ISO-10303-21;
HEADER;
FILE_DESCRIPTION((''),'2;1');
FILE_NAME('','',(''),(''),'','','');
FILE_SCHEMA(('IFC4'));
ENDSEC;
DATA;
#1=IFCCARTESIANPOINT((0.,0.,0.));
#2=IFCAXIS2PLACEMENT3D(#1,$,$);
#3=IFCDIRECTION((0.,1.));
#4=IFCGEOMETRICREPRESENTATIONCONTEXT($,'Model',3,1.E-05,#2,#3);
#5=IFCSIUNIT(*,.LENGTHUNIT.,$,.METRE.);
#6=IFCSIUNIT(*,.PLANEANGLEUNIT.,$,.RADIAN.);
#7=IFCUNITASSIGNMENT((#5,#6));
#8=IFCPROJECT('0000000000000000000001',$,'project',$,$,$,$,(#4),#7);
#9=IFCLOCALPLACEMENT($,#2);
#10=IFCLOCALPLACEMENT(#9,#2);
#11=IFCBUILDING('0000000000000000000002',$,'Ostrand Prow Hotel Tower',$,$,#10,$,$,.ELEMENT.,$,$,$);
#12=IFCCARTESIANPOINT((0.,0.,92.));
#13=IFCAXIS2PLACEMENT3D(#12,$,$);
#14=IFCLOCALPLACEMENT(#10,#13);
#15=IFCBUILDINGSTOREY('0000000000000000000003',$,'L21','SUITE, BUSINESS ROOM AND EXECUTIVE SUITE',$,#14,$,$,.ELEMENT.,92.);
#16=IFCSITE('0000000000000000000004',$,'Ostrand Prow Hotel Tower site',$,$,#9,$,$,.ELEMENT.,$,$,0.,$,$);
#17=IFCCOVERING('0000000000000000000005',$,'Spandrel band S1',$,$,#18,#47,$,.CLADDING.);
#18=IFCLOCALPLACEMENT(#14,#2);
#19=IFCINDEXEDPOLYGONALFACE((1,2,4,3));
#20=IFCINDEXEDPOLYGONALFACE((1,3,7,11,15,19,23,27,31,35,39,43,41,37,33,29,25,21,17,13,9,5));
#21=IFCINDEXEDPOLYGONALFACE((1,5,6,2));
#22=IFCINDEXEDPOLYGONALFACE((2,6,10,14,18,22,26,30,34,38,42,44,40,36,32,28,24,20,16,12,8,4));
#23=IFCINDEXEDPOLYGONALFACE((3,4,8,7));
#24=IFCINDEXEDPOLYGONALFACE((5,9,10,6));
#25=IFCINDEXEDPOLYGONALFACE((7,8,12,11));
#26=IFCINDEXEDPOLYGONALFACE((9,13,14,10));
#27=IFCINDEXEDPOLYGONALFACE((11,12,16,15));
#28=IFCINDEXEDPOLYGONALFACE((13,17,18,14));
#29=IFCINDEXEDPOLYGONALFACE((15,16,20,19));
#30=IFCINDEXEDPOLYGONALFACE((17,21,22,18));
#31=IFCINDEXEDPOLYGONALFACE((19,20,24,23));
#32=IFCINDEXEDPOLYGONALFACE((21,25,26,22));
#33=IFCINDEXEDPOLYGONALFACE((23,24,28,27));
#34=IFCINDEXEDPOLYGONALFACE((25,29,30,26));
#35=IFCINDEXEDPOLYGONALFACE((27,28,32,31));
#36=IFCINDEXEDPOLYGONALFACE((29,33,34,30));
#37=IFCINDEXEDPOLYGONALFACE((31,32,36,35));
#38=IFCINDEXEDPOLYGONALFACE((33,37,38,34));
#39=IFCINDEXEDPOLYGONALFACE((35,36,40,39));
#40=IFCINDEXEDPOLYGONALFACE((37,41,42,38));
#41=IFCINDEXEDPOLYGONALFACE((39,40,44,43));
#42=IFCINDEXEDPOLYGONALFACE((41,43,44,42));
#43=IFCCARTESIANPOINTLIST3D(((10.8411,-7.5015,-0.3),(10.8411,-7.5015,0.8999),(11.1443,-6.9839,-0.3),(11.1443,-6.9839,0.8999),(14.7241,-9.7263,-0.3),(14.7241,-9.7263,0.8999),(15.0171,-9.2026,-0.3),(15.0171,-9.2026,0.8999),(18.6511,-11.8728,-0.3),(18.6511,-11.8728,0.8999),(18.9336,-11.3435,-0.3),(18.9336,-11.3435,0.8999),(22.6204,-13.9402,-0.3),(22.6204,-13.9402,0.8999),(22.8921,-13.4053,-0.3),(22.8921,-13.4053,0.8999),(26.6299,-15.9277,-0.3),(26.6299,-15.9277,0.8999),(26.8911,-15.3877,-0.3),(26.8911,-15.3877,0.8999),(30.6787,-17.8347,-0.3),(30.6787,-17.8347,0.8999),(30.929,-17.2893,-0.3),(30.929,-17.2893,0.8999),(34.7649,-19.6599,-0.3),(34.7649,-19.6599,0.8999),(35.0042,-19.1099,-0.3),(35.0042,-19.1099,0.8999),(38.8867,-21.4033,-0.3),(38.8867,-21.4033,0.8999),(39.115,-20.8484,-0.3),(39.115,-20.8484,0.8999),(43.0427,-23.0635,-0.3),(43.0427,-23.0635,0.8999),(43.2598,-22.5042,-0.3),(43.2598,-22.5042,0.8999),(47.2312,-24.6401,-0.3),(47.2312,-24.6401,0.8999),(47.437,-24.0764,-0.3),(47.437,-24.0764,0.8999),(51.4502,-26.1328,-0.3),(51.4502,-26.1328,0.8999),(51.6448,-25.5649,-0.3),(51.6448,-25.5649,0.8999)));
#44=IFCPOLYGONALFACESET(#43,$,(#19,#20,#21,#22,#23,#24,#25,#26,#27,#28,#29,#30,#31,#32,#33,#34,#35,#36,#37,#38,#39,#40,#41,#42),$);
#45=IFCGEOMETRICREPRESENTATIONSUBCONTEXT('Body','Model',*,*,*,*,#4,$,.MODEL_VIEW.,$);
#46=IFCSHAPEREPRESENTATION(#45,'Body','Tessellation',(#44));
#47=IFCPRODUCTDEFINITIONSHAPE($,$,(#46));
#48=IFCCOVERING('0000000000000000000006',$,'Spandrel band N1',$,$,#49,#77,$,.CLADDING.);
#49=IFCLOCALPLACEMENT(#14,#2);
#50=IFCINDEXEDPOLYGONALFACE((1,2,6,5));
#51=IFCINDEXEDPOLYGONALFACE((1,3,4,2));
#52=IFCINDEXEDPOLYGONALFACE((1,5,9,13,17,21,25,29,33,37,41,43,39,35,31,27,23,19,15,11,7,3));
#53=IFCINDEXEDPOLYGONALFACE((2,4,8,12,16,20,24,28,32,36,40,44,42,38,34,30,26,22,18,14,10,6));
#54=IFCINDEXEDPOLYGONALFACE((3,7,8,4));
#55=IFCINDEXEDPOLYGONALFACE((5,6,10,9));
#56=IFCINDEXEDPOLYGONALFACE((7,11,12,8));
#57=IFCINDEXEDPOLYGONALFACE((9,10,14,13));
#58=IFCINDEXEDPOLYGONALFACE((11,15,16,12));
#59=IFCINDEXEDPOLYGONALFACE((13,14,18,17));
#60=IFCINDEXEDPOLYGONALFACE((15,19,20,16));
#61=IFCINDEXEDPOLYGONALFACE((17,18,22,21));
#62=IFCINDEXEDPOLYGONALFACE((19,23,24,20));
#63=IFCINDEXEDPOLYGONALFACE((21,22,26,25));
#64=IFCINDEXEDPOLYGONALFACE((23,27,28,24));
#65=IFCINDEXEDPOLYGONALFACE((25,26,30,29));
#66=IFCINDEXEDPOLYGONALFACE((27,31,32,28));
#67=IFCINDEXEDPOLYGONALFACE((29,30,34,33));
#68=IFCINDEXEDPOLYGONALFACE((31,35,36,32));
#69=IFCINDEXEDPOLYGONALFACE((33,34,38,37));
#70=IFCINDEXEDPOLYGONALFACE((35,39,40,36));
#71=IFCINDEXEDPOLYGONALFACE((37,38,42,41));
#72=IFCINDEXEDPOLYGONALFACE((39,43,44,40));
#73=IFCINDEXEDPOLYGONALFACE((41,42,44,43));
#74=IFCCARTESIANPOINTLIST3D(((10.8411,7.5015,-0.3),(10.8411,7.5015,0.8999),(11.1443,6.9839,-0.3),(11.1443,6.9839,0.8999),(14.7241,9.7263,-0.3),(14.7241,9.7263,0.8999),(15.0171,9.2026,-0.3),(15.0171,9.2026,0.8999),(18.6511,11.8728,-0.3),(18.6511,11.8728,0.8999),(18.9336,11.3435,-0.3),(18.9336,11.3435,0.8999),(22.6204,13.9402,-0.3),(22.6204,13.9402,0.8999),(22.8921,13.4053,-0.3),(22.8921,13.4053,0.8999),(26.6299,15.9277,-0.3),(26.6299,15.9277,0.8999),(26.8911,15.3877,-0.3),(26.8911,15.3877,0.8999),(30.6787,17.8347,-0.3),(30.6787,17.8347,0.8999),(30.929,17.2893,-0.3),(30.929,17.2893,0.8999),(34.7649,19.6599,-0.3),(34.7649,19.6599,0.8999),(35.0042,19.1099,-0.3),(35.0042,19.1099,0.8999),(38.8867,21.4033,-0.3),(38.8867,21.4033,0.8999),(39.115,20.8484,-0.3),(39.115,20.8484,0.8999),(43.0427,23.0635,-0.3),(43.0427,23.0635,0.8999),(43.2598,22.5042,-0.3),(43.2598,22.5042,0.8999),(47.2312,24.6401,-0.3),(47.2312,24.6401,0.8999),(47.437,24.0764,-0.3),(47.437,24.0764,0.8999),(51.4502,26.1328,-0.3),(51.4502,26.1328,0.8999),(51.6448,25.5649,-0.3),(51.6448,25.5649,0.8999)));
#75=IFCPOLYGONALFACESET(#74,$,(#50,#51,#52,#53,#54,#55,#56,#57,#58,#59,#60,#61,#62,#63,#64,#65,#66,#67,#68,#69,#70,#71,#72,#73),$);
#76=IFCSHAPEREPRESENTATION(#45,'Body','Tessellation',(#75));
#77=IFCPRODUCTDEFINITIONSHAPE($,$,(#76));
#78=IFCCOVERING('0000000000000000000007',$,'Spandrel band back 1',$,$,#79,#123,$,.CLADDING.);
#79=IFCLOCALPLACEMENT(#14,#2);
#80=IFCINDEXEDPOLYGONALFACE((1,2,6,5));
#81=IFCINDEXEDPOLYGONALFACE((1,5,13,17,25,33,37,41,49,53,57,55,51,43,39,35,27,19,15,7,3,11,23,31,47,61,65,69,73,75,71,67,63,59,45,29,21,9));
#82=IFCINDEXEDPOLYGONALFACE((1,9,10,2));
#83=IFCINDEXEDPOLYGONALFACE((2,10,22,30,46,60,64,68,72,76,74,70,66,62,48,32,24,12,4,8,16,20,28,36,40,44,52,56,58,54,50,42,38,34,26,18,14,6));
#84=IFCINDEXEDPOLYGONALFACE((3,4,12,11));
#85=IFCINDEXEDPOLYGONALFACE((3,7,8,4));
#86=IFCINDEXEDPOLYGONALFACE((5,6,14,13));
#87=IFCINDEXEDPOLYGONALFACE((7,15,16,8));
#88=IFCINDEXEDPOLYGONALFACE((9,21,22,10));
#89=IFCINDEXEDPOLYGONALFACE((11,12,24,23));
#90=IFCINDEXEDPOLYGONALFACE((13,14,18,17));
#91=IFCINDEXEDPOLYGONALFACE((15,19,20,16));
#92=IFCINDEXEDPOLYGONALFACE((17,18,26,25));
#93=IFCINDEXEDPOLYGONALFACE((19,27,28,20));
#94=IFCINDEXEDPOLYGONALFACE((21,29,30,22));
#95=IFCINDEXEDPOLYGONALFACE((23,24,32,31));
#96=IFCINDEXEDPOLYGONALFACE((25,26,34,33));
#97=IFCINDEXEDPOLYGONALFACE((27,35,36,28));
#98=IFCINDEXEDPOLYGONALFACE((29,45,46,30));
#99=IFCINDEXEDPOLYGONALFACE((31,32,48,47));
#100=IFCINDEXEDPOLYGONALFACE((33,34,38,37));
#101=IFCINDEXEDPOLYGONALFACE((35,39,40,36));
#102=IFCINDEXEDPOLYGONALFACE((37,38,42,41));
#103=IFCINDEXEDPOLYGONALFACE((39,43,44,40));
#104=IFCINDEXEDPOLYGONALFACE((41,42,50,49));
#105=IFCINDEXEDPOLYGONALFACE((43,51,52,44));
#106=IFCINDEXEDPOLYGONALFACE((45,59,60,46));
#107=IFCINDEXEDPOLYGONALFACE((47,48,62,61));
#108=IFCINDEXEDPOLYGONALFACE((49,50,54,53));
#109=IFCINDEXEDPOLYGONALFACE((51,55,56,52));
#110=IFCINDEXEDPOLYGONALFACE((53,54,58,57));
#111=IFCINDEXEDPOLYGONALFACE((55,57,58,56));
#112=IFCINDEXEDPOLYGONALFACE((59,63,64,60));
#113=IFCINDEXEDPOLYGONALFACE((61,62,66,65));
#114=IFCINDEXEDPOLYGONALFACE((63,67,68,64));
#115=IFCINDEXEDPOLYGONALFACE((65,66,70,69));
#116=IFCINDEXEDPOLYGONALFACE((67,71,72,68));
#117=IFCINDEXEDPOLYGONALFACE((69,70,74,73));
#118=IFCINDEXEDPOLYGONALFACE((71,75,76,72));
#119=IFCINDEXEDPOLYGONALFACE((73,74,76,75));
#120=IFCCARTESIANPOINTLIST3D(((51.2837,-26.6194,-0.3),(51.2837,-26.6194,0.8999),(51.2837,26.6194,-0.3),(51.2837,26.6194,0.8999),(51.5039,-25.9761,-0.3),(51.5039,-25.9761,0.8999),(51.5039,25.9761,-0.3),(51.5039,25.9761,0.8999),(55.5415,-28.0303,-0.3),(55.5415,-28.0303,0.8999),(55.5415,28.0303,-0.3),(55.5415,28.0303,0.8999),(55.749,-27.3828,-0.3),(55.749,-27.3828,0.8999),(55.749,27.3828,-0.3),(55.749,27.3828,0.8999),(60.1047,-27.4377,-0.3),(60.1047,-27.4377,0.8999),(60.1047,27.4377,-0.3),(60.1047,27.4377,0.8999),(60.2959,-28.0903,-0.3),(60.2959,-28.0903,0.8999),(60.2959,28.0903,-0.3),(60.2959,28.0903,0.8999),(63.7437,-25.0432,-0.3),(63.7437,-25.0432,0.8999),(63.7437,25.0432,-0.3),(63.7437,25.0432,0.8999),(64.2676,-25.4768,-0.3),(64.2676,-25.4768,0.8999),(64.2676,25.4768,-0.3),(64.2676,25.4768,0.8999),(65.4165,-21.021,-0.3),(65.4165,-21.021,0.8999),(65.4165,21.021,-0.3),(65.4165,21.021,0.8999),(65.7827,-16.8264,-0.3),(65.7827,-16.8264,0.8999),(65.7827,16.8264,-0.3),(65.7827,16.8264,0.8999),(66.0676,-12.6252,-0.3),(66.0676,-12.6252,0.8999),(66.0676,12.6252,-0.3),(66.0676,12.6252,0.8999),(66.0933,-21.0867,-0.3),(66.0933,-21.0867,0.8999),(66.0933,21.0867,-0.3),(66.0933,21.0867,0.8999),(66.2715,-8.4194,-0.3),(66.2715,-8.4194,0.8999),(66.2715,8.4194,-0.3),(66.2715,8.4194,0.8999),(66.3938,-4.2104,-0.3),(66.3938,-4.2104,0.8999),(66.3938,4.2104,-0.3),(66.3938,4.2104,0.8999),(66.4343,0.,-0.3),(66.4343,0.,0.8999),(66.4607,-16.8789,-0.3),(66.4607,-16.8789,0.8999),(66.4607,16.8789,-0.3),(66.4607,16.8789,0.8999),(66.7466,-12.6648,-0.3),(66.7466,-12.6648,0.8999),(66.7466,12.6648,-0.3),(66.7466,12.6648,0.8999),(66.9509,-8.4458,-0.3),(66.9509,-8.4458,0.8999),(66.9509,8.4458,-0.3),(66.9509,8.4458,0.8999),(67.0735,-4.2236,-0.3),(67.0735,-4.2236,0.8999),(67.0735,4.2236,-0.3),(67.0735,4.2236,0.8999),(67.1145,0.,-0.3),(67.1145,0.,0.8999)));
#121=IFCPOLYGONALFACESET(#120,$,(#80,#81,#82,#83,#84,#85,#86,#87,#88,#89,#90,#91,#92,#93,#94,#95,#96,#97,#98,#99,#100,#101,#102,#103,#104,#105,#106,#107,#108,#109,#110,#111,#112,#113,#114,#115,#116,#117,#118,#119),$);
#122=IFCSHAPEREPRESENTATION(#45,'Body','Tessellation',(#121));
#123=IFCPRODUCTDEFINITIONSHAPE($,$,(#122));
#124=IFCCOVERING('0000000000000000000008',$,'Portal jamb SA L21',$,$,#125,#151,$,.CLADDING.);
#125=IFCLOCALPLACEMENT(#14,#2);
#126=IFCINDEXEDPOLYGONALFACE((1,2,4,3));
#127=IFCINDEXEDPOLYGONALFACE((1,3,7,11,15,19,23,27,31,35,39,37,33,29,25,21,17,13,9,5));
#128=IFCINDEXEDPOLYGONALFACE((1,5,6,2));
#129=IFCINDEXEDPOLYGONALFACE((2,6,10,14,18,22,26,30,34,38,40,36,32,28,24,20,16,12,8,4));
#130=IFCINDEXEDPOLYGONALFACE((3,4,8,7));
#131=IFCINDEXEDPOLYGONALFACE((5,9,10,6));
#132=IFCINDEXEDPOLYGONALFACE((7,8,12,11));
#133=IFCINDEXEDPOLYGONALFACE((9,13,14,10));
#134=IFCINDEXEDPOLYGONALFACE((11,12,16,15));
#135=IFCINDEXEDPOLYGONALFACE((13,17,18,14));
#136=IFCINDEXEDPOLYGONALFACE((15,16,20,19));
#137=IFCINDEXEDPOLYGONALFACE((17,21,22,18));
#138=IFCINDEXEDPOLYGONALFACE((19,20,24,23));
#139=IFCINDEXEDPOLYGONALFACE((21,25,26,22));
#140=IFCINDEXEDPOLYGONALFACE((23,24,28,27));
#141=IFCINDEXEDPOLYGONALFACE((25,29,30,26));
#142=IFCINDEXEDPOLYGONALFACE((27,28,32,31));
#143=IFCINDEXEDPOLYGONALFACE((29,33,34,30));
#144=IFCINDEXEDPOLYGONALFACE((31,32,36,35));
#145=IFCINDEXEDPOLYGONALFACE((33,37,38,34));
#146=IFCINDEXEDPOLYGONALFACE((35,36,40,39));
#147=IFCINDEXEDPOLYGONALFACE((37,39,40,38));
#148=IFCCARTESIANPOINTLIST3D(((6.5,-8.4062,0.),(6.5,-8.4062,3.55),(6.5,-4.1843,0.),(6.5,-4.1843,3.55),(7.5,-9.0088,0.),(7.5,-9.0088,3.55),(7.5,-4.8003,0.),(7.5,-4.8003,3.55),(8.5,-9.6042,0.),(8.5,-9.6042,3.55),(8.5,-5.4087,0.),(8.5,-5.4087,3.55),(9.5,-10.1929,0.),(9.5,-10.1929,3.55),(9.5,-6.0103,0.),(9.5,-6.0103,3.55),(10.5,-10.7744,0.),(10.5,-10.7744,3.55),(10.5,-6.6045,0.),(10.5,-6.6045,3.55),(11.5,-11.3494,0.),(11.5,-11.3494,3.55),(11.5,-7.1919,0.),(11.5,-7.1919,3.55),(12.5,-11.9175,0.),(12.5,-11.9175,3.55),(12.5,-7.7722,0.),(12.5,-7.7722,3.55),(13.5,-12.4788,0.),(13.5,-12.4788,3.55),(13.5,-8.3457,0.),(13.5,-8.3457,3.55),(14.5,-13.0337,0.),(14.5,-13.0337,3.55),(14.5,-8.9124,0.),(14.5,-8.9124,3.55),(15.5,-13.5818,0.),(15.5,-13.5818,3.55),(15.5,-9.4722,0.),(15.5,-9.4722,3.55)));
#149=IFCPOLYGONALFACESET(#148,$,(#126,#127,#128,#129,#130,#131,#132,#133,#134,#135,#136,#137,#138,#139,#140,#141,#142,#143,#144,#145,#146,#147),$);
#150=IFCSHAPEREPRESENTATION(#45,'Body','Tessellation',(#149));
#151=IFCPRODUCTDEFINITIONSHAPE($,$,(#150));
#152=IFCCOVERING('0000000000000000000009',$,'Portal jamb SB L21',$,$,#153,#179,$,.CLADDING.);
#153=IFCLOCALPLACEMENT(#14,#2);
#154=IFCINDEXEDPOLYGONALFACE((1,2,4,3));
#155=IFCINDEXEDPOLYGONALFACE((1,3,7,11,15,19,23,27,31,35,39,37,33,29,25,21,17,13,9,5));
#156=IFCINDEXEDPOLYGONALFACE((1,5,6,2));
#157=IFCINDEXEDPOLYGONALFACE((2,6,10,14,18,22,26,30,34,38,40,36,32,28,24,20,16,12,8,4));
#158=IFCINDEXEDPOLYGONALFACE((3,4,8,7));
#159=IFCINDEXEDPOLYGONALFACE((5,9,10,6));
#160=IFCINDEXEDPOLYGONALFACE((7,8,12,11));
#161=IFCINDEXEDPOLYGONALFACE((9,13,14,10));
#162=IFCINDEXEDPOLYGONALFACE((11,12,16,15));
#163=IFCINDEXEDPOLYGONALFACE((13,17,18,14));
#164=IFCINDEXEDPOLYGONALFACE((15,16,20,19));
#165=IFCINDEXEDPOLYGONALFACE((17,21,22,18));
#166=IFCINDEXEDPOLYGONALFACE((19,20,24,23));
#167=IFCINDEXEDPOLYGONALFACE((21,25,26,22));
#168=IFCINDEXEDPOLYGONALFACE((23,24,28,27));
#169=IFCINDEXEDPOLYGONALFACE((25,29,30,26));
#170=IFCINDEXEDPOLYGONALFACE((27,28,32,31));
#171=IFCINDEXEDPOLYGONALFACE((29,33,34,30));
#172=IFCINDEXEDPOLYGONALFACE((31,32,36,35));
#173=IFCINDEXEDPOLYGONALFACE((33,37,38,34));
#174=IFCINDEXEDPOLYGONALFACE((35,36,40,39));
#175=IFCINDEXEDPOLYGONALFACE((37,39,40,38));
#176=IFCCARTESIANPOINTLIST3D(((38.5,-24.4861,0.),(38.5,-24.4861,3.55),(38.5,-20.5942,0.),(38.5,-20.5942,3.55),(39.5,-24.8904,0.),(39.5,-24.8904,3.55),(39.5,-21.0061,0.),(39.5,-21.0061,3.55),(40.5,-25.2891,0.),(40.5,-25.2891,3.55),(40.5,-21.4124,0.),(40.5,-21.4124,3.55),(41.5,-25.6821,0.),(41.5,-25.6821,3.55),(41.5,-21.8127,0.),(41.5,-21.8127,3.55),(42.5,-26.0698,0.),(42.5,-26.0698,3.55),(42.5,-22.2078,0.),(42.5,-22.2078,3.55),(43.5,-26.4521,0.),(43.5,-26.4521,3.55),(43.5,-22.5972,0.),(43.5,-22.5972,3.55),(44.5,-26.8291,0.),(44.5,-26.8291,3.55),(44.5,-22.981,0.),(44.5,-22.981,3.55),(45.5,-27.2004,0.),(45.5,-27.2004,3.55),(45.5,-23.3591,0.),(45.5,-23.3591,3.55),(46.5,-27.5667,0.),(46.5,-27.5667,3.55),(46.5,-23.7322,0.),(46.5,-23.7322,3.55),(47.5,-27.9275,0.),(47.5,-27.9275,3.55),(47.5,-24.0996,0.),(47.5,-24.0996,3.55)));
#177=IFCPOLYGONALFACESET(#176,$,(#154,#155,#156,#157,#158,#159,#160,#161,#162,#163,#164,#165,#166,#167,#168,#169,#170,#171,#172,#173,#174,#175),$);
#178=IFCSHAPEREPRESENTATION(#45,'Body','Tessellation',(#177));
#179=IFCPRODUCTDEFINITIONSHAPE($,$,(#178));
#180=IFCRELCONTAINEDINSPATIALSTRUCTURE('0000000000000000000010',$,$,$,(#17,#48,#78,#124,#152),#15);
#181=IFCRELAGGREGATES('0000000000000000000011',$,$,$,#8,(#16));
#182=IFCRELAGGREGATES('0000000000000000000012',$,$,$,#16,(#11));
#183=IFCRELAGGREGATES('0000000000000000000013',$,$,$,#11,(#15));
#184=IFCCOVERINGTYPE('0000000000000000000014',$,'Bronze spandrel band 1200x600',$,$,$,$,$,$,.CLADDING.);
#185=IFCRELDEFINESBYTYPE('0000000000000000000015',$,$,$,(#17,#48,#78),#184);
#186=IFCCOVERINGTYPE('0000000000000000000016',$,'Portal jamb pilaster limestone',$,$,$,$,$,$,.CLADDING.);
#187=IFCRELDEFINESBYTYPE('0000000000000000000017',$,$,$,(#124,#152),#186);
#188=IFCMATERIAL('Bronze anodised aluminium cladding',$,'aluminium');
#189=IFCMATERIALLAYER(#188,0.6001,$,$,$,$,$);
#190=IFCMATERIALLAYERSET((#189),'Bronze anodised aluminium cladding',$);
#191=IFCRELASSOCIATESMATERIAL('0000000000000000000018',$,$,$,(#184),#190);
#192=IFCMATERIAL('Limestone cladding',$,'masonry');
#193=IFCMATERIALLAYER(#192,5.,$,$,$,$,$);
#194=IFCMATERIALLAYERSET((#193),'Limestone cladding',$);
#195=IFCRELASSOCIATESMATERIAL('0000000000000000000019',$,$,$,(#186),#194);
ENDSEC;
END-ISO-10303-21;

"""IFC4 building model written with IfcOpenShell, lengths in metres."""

from ifc_helpers import new_model, si_unit, direction, frame, origin, place, context, subcontext, project, spatial, polyline, outline, extrude, material, layer, layer_set, type_object, element, save


model = new_model("IFC4")

# Units and contexts
model_context = context("Model", 3, precision=1e-05, world=origin(), true_north=direction((0.0, 1.0)))
body_context = subcontext(model_context, "Body", "Model", "MODEL_VIEW")
ifc_project = project(units=[si_unit("LENGTHUNIT", "METRE"), si_unit("PLANEANGLEUNIT", "RADIAN")], contexts=[model_context])

# Site, building, storey
site_placement = place(None, origin())
site = spatial("IfcSite", under=ifc_project, at=site_placement, Name="Ostrand Prow Hotel Tower site", CompositionType="ELEMENT", RefElevation=0.0)
building_placement = place(site_placement, origin())
building = spatial("IfcBuilding", under=site, at=building_placement, Name="Ostrand Prow Hotel Tower", CompositionType="ELEMENT")
storey_placement = place(building_placement, frame((0.0, 0.0, 92.0)))
storey = spatial("IfcBuildingStorey", under=building, at=storey_placement, Name="L21", Description="SUITE, BUSINESS ROOM AND EXECUTIVE SUITE", CompositionType="ELEMENT", Elevation=92.0)

# Coverings
ifc_material_1 = material(Name="Bronze anodised aluminium cladding", Category="aluminium")
ifc_layer_1 = layer(ifc_material_1, 0.6001)
ifc_layer_set_1 = layer_set([ifc_layer_1], Name="Bronze anodised aluminium cladding")
covering_type_1 = type_object("IfcCoveringType", Name="Bronze spandrel band 1200x600", PredefinedType="CLADDING", material=ifc_layer_set_1)
covering_1_placement = place(storey_placement, frame((0.0, 0.0, -0.3)))
element("IfcCovering", 1, at=covering_1_placement, inside=storey, type_object=covering_type_1, Name="Spandrel band S1", PredefinedType="CLADDING", context=body_context, shape_type="SweptSolid", body=[
    extrude(outline(polyline([(10.8411, -7.5015), (14.7241, -9.7263), (18.6511, -11.8728), (22.6204, -13.9402), (26.6299, -15.9277), (30.6787, -17.8347), (34.7649, -19.6599), (38.8867, -21.4033), (43.0427, -23.0635), (47.2312, -24.6401), (51.4502, -26.1328), (51.6448, -25.5649), (47.437, -24.0764), (43.2598, -22.5042), (39.115, -20.8484), (35.0042, -19.1099), (30.929, -17.2893), (26.8911, -15.3877), (22.8921, -13.4053), (18.9336, -11.3435), (15.0171, -9.2026), (11.1443, -6.9839), (10.8411, -7.5015)])), origin(), (0.0, 0.0, 1.0), 1.2),
])
covering_2_placement = place(storey_placement, frame((0.0, 0.0, -0.3)))
element("IfcCovering", 2, at=covering_2_placement, inside=storey, type_object=covering_type_1, Name="Spandrel band N1", PredefinedType="CLADDING", context=body_context, shape_type="SweptSolid", body=[
    extrude(outline(polyline([(51.4502, 26.1328), (47.2312, 24.6401), (43.0427, 23.0635), (38.8867, 21.4033), (34.7649, 19.6599), (30.6787, 17.8347), (26.6299, 15.9277), (22.6204, 13.9402), (18.6511, 11.8728), (14.7241, 9.7263), (10.8411, 7.5015), (11.1443, 6.9839), (15.0171, 9.2026), (18.9336, 11.3435), (22.8921, 13.4053), (26.8911, 15.3877), (30.929, 17.2893), (35.0042, 19.1099), (39.115, 20.8484), (43.2598, 22.5042), (47.437, 24.0764), (51.6448, 25.5649), (51.4502, 26.1328)])), origin(), (0.0, 0.0, 1.0), 1.2),
])
covering_3_placement = place(storey_placement, frame((0.0, 0.0, -0.3)))
element("IfcCovering", 3, at=covering_3_placement, inside=storey, type_object=covering_type_1, Name="Spandrel band back 1", PredefinedType="CLADDING", context=body_context, shape_type="SweptSolid", body=[
    extrude(outline(polyline([(51.2837, -26.6194), (55.5415, -28.0303), (60.2959, -28.0903), (64.2676, -25.4768), (66.0933, -21.0867), (66.4607, -16.8789), (66.7466, -12.6648), (66.9509, -8.4458), (67.0735, -4.2236), (67.1145, 0.0), (67.0735, 4.2236), (66.9509, 8.4458), (66.7466, 12.6648), (66.4607, 16.8789), (66.0933, 21.0867), (64.2676, 25.4768), (60.2959, 28.0903), (55.5415, 28.0303), (51.2837, 26.6194), (51.5039, 25.9761), (55.749, 27.3828), (60.1047, 27.4377), (63.7437, 25.0432), (65.4165, 21.021), (65.7827, 16.8264), (66.0676, 12.6252), (66.2715, 8.4194), (66.3938, 4.2104), (66.4343, 0.0), (66.3938, -4.2104), (66.2715, -8.4194), (66.0676, -12.6252), (65.7827, -16.8264), (65.4165, -21.021), (63.7437, -25.0432), (60.1047, -27.4377), (55.749, -27.3828), (51.5039, -25.9761), (51.2837, -26.6194)])), origin(), (0.0, 0.0, 1.0), 1.2),
])
ifc_material_2 = material(Name="Limestone cladding", Category="masonry")
ifc_layer_2 = layer(ifc_material_2, 5.0)
ifc_layer_set_2 = layer_set([ifc_layer_2], Name="Limestone cladding")
covering_type_2 = type_object("IfcCoveringType", Name="Portal jamb pilaster limestone", PredefinedType="CLADDING", material=ifc_layer_set_2)
covering_4_placement = place(storey_placement, origin())
element("IfcCovering", 4, at=covering_4_placement, inside=storey, type_object=covering_type_2, Name="Portal jamb SA L21", PredefinedType="CLADDING", context=body_context, shape_type="SweptSolid", body=[
    extrude(outline(polyline([(6.5, -4.1843), (6.5, -8.4062), (7.5, -9.0088), (8.5, -9.6042), (9.5, -10.1929), (10.5, -10.7744), (11.5, -11.3494), (12.5, -11.9175), (13.5, -12.4788), (14.5, -13.0337), (15.5, -13.5818), (15.5, -9.4722), (14.5, -8.9124), (13.5, -8.3457), (12.5, -7.7722), (11.5, -7.1919), (10.5, -6.6045), (9.5, -6.0103), (8.5, -5.4087), (7.5, -4.8003), (6.5, -4.1843)])), origin(), (0.0, 0.0, 1.0), 3.55),
])
covering_5_placement = place(storey_placement, origin())
element("IfcCovering", 5, at=covering_5_placement, inside=storey, type_object=covering_type_2, Name="Portal jamb SB L21", PredefinedType="CLADDING", context=body_context, shape_type="SweptSolid", body=[
    extrude(outline(polyline([(38.5, -20.5942), (38.5, -24.4861), (39.5, -24.8904), (40.5, -25.2891), (41.5, -25.6821), (42.5, -26.0698), (43.5, -26.4521), (44.5, -26.8291), (45.5, -27.2004), (46.5, -27.5667), (47.5, -27.9275), (47.5, -24.0996), (46.5, -23.7322), (45.5, -23.3591), (44.5, -22.981), (43.5, -22.5972), (42.5, -22.2078), (41.5, -21.8127), (40.5, -21.4124), (39.5, -21.0061), (38.5, -20.5942)])), origin(), (0.0, 0.0, 1.0), 3.55),
])

save(model, "model.ifc")
